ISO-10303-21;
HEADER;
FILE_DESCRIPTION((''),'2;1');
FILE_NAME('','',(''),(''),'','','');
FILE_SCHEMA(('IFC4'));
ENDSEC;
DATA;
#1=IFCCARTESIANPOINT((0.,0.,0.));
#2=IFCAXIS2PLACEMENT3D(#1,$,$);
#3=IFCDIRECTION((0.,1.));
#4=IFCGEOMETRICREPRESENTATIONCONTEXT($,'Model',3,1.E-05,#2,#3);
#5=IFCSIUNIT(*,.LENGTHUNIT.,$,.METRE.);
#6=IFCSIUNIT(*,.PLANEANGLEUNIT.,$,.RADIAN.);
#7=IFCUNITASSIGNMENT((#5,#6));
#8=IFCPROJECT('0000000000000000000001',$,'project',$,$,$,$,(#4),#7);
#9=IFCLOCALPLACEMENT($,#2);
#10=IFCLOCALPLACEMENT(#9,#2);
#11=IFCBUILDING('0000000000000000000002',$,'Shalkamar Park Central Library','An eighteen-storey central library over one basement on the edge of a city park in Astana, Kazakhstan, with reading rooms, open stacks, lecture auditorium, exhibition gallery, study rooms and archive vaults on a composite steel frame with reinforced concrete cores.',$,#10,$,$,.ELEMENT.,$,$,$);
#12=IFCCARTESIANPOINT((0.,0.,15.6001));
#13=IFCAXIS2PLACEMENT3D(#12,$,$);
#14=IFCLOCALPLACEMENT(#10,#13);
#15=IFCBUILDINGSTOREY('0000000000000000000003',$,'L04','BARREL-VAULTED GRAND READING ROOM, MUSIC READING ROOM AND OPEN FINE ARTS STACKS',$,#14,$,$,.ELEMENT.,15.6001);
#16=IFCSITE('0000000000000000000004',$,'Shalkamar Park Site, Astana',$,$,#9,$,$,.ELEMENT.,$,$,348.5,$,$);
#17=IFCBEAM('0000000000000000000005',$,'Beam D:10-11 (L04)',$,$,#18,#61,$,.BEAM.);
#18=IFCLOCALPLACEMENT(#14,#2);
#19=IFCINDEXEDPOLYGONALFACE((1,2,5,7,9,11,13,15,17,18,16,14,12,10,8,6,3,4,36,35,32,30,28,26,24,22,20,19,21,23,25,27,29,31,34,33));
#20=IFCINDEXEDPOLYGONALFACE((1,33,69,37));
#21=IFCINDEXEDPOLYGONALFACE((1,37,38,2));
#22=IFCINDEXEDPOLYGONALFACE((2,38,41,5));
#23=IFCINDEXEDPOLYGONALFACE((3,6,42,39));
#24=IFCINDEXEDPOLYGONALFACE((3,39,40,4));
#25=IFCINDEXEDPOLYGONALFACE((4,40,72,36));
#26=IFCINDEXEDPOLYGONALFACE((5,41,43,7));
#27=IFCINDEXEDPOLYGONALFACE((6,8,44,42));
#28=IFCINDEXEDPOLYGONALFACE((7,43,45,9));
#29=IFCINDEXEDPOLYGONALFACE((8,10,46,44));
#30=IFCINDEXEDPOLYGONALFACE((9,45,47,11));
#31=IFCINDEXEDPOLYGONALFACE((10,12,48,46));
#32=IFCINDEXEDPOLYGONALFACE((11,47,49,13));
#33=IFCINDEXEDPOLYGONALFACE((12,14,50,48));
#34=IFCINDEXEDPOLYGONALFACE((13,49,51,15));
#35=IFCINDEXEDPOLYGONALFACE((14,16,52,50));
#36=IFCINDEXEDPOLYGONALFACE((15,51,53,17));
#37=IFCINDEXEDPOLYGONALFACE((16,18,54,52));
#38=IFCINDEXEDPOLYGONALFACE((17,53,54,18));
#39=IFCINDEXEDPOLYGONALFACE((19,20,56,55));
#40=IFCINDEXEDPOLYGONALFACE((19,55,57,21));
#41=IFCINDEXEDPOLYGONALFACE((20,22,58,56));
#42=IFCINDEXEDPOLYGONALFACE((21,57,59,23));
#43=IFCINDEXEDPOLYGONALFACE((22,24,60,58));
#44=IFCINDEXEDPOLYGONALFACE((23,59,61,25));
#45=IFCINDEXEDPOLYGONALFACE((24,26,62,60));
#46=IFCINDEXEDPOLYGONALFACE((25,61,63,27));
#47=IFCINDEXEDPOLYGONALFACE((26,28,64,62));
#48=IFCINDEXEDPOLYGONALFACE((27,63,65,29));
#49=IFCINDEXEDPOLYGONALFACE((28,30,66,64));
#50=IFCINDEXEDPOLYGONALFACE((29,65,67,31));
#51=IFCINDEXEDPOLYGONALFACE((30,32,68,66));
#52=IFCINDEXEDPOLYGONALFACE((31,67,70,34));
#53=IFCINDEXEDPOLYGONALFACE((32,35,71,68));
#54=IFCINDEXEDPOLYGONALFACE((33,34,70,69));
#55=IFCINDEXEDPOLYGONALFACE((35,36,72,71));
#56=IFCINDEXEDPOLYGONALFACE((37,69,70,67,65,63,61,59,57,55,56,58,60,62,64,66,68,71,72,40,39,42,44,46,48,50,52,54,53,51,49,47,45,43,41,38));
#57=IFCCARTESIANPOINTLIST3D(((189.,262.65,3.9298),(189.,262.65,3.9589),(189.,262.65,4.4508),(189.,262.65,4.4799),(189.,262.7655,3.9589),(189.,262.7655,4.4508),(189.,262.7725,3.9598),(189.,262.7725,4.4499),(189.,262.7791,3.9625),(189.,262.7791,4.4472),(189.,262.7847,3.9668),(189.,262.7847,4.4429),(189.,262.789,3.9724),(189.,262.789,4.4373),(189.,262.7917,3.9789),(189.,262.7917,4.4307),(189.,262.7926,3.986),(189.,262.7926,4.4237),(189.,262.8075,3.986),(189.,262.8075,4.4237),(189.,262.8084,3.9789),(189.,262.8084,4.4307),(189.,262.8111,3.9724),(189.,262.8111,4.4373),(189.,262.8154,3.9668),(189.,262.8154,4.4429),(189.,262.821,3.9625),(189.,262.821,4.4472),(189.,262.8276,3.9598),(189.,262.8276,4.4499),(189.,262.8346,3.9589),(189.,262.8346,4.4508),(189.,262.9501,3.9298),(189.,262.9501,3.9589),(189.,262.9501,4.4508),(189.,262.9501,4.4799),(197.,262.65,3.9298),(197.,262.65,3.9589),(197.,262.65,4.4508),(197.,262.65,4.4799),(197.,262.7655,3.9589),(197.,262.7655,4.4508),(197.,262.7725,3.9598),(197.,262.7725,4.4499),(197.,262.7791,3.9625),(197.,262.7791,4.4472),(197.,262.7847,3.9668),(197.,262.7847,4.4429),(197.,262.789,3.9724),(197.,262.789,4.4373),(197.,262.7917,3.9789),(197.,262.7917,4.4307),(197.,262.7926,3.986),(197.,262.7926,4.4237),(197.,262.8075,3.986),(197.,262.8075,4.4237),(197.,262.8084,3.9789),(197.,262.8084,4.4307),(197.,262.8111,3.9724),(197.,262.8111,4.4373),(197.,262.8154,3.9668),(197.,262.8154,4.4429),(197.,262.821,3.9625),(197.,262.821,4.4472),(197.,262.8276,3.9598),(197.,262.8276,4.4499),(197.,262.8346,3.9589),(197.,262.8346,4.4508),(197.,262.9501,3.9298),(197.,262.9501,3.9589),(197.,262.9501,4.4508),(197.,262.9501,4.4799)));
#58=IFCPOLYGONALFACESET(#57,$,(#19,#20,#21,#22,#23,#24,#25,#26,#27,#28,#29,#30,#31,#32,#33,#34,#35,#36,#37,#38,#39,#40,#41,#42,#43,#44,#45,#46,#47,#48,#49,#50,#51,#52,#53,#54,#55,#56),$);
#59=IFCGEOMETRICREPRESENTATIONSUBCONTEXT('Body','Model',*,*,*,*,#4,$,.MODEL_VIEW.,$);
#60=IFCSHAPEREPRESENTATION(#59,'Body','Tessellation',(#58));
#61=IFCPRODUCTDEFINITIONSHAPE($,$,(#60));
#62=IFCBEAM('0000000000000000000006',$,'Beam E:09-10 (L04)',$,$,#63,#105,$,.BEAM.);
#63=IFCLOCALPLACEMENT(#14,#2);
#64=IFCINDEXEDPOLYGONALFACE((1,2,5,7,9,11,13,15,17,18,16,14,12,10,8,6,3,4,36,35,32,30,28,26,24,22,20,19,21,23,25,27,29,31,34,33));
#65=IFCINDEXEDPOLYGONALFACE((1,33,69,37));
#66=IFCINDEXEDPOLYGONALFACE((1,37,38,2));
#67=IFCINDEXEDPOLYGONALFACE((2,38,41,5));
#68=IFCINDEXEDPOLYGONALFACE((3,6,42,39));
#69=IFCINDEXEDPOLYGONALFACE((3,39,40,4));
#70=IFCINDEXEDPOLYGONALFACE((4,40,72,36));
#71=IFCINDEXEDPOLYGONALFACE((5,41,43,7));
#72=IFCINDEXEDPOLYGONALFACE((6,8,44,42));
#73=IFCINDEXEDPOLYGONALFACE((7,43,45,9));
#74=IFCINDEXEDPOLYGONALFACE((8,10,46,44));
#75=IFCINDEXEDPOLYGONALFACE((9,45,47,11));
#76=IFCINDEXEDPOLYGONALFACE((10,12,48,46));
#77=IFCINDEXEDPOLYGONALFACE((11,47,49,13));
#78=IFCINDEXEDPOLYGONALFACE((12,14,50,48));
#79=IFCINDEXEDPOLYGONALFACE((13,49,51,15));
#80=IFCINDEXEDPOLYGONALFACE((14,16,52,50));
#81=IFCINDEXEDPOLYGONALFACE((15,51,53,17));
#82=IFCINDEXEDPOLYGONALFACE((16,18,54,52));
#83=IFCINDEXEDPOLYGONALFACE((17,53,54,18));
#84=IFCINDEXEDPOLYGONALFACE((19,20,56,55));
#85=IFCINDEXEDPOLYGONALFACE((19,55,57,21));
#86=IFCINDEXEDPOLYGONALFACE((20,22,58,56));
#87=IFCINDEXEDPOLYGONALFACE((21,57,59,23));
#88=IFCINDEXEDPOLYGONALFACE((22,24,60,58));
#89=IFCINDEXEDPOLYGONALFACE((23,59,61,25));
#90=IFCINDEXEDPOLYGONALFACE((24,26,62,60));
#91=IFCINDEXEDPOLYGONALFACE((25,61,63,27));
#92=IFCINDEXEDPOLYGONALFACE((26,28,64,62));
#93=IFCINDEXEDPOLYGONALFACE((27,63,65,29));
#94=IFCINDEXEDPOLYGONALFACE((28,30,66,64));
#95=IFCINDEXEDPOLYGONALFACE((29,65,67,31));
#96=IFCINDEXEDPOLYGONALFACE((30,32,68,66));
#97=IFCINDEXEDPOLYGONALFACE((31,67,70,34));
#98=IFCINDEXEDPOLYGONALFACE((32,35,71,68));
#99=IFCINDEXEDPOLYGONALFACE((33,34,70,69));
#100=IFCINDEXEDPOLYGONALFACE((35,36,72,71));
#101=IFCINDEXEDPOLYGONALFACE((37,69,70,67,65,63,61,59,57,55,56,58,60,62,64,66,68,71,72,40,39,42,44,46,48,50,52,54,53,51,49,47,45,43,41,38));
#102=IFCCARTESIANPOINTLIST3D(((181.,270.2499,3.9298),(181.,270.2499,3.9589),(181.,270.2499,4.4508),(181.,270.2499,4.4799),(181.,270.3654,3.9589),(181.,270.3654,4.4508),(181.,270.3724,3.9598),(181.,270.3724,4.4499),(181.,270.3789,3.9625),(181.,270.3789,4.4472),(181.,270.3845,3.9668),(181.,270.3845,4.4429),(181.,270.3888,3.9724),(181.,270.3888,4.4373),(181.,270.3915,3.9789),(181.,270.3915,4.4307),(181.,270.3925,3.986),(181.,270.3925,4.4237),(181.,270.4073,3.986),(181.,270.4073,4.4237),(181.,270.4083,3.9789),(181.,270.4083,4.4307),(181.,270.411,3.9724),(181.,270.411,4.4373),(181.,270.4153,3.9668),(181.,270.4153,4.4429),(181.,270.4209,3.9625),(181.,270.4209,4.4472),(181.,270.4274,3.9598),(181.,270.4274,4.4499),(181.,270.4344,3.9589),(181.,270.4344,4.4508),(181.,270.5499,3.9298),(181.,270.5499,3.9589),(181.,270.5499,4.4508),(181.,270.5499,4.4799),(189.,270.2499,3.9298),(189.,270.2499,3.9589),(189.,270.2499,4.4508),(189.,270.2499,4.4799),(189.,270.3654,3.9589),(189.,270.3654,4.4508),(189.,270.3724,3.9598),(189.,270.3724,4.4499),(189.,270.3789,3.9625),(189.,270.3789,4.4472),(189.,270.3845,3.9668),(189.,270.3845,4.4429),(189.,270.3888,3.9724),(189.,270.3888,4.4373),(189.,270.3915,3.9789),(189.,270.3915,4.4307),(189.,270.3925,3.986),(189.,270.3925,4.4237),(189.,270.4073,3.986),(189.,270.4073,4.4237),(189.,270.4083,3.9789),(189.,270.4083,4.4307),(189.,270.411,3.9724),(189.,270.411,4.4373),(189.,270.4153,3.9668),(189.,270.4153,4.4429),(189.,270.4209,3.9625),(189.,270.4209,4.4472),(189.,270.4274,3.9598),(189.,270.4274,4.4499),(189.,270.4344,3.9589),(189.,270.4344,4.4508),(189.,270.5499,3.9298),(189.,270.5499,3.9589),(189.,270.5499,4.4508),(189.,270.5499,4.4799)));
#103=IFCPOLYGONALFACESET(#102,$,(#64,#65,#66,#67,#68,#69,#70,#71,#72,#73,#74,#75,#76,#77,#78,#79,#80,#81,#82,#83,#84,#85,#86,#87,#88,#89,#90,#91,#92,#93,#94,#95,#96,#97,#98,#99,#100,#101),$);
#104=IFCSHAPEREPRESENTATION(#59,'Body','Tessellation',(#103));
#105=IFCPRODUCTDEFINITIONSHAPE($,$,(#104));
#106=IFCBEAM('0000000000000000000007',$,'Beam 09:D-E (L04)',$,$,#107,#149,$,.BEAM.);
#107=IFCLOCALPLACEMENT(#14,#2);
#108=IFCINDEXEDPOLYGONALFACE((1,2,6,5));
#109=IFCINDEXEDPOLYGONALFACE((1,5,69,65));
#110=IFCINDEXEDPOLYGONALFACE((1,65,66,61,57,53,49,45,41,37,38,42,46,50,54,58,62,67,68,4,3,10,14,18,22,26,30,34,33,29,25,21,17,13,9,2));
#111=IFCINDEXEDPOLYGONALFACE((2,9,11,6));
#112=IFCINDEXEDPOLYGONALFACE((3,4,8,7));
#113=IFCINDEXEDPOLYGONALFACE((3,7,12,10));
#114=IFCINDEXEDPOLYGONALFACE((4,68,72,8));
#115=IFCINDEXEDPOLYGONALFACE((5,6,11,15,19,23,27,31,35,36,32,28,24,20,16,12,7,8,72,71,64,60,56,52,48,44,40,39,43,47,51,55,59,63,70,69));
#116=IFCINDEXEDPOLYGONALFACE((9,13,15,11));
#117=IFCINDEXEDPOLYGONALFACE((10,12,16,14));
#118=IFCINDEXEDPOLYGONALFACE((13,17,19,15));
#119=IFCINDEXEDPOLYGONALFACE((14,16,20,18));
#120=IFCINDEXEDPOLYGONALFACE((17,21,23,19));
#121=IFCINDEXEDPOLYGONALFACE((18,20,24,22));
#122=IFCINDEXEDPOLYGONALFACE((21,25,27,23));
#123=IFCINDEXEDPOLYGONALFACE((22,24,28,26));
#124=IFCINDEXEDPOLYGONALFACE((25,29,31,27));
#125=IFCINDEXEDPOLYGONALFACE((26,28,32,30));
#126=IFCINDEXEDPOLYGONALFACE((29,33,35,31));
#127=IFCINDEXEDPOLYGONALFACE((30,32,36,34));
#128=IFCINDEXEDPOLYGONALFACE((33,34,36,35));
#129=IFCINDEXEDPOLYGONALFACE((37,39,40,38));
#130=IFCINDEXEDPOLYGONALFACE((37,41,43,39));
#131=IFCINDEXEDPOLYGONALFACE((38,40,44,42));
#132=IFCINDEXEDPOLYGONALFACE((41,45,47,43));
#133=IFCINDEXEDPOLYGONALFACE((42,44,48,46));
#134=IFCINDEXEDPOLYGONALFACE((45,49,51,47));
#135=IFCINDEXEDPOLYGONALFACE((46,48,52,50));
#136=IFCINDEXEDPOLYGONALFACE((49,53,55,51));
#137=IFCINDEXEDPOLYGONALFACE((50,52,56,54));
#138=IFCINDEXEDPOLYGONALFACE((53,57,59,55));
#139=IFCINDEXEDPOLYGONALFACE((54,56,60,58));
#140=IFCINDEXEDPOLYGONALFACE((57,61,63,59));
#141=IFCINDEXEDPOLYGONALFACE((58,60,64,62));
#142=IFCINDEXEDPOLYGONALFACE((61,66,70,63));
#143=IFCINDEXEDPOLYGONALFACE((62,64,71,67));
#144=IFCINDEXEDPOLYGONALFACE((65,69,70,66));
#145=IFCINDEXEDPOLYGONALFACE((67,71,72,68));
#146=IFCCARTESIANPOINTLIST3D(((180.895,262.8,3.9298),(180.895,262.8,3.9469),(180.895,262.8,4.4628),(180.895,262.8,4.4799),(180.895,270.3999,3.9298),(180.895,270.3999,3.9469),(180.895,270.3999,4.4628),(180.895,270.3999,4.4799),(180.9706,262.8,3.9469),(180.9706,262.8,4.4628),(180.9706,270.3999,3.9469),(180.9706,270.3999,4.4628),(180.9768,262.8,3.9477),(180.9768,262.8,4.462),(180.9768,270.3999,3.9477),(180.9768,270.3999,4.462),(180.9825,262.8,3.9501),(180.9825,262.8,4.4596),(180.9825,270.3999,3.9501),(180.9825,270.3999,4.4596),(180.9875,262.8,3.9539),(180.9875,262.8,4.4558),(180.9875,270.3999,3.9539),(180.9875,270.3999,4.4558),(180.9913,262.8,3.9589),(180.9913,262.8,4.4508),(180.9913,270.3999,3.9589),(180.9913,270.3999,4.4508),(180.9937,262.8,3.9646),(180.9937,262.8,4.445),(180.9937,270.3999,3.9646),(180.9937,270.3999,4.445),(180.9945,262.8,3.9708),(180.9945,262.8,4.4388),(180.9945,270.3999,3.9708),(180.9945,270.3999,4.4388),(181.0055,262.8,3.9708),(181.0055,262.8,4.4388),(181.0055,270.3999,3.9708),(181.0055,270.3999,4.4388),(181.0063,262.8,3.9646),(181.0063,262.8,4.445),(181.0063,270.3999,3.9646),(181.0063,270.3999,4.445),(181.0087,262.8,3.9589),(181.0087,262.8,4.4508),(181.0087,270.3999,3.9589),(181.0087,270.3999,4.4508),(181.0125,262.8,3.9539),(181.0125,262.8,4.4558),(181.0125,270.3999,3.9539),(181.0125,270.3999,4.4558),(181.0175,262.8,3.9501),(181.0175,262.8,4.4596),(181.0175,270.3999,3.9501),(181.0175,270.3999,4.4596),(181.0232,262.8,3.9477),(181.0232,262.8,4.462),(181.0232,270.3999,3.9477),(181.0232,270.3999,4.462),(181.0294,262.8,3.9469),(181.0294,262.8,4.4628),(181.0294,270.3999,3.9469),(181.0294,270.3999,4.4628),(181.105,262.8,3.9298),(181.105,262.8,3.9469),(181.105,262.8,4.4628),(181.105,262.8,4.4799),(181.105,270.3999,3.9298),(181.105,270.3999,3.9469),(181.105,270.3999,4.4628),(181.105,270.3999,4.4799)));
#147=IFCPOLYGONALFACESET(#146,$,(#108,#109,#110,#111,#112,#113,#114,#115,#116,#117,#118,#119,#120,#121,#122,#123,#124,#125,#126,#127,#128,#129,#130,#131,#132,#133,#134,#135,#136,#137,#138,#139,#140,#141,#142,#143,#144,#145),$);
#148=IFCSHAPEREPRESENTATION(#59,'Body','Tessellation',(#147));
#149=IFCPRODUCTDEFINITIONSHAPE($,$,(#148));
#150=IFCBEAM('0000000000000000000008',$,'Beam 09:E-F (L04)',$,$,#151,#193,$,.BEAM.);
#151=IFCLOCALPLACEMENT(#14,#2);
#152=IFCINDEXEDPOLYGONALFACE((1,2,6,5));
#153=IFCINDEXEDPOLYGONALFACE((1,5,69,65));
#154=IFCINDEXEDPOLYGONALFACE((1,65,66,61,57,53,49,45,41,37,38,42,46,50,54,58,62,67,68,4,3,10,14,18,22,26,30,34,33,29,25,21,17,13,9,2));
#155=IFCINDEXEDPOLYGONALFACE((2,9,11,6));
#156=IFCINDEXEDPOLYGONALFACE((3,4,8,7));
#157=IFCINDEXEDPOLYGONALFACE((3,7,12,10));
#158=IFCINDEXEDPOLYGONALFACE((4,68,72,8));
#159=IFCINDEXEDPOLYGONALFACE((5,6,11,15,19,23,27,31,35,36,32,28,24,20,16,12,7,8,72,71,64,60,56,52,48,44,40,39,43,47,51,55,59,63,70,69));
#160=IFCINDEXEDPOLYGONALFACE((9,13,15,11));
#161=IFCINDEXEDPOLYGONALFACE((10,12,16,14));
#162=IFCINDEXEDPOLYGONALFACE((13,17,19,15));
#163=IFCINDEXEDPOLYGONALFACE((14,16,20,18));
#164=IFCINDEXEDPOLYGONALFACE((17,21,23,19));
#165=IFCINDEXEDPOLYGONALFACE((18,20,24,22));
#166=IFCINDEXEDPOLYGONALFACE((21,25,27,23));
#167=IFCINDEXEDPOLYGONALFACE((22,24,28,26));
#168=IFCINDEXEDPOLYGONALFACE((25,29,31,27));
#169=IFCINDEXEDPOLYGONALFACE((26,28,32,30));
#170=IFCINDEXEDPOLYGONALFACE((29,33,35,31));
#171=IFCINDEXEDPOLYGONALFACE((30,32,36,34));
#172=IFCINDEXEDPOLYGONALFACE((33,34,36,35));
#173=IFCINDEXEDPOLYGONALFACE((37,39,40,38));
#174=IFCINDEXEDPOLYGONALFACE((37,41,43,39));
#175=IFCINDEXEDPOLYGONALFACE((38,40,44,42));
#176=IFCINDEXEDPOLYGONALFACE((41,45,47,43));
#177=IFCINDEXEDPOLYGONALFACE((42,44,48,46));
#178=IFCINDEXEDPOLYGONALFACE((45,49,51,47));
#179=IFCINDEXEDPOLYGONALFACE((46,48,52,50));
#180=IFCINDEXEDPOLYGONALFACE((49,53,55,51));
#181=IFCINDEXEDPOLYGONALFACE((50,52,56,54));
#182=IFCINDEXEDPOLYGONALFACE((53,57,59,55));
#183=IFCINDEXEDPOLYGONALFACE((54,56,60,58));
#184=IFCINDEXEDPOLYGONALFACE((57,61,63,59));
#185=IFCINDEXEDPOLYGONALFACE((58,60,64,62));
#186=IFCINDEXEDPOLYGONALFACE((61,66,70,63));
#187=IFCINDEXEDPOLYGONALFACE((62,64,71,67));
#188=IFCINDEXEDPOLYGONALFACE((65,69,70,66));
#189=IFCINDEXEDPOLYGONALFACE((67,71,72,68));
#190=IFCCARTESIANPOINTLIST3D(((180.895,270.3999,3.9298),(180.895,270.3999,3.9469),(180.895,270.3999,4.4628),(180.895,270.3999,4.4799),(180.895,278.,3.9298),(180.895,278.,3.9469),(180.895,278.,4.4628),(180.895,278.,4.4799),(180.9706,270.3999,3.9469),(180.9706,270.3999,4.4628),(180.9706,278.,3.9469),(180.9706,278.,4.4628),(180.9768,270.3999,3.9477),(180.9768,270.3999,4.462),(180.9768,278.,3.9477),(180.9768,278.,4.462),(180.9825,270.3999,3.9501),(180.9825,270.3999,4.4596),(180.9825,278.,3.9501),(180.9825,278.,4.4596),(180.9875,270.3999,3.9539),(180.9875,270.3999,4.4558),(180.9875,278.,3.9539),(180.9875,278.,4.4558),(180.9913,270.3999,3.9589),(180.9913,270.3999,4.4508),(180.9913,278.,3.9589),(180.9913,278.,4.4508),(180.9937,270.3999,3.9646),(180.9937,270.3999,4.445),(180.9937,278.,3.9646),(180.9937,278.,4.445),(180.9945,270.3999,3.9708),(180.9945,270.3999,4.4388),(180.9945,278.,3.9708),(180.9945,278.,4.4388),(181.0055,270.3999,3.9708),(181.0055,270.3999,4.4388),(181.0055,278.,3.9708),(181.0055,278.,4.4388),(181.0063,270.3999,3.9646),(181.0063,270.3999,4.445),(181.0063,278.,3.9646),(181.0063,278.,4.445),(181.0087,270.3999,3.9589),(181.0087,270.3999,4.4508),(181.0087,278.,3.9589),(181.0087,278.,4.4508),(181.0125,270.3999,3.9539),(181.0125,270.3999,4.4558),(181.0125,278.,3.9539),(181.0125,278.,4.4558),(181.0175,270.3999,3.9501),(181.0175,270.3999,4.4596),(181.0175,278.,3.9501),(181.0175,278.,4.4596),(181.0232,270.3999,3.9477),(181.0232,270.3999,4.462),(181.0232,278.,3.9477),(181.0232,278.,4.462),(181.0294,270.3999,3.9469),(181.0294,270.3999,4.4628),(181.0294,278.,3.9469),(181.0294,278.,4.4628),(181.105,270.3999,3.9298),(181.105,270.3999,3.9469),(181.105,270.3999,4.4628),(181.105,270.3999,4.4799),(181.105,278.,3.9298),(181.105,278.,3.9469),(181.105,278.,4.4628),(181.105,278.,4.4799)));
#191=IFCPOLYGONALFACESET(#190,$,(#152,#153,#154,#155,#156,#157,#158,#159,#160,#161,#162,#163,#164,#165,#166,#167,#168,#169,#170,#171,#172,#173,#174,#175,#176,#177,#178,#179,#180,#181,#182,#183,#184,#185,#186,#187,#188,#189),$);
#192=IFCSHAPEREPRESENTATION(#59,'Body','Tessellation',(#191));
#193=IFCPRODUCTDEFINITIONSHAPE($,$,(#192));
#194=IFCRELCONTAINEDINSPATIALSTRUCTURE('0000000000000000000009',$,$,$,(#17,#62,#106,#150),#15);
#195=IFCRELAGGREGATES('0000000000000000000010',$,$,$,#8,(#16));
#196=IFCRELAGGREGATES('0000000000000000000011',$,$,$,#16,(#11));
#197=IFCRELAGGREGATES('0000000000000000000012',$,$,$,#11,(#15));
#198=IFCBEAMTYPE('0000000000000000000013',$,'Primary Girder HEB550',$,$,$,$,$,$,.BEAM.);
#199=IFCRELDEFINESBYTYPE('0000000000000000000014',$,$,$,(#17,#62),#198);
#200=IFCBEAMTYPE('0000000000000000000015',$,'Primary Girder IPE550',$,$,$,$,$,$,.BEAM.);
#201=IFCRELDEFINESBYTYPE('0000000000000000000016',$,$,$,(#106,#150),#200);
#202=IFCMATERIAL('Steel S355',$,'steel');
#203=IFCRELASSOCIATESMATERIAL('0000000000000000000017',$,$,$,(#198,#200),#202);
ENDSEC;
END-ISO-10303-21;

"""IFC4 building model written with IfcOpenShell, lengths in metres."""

from ifc_helpers import new_model, si_unit, direction, frame, origin, origin_2d, place, context, subcontext, project, spatial, i_section, extrude, material, material_profile, profile_set, type_object, element, save


model = new_model("IFC4")

# Units and contexts
model_context = context("Model", 3, precision=1e-05, world=origin(), true_north=direction((0.0, 1.0)))
body_context = subcontext(model_context, "Body", "Model", "MODEL_VIEW")
ifc_project = project(units=[si_unit("LENGTHUNIT", "METRE"), si_unit("PLANEANGLEUNIT", "RADIAN")], contexts=[model_context])

# Site, building, storey
site_placement = place(None, origin())
site = spatial("IfcSite", under=ifc_project, at=site_placement, Name="Shalkamar Park Site, Astana", CompositionType="ELEMENT", RefElevation=348.5)
building_placement = place(site_placement, origin())
building = spatial("IfcBuilding", under=site, at=building_placement, Name="Shalkamar Park Central Library", Description="An eighteen-storey central library over one basement on the edge of a city park in Astana, Kazakhstan, with reading rooms, open stacks, lecture auditorium, exhibition gallery, study rooms and archive vaults on a composite steel frame with reinforced concrete cores.", CompositionType="ELEMENT")
storey_placement = place(building_placement, frame((0.0, 0.0, 15.6001)))
storey = spatial("IfcBuildingStorey", under=building, at=storey_placement, Name="L04", Description="BARREL-VAULTED GRAND READING ROOM, MUSIC READING ROOM AND OPEN FINE ARTS STACKS", CompositionType="ELEMENT", Elevation=15.6001)

# Shared definitions
ifc_material_1 = material(Name="Steel S355", Category="steel")

# Beams
ifc_material_profile_1 = material_profile(ifc_material_1, i_section(OverallWidth=0.3, OverallDepth=0.55, WebThickness=0.0149, FlangeThickness=0.0291, FilletRadius=0.0271, at=origin_2d()), Name="HEB 550")
ifc_profile_set_1 = profile_set([ifc_material_profile_1], Name="Steel S355")
beam_type_1 = type_object("IfcBeamType", Name="Primary Girder HEB550", PredefinedType="BEAM", material=ifc_profile_set_1)
for number, where, z_axis, x_axis, name in (
    (1, (189.0, 262.8, 4.2048), (1.0, 0.0, 0.0), (0.0, 1.0, 0.0), "Beam D:10-11 (L04)"),
    (2, (181.0, 270.3999, 4.2048), (1.0, 0.0, 0.0), (0.0, 1.0, 0.0), "Beam E:09-10 (L04)"),
):
    element("IfcBeam", number, at=place(storey_placement, frame(where, z_axis=z_axis, x_axis=x_axis)), inside=storey, type_object=beam_type_1, Name=name, PredefinedType="BEAM", context=body_context, shape_type="SweptSolid", body=[
        extrude(i_section(OverallWidth=0.3, OverallDepth=0.55, WebThickness=0.0149, FlangeThickness=0.0291, FilletRadius=0.0271, at=origin_2d()), origin(), (0.0, 0.0, 1.0), 8.0),
    ])
ifc_material_profile_2 = material_profile(ifc_material_1, i_section(OverallWidth=0.21, OverallDepth=0.55, WebThickness=0.011, FlangeThickness=0.0171, FilletRadius=0.0239, at=origin_2d()), Name="IPE 550")
ifc_profile_set_2 = profile_set([ifc_material_profile_2], Name="Steel S355")
beam_type_2 = type_object("IfcBeamType", Name="Primary Girder IPE550", PredefinedType="BEAM", material=ifc_profile_set_2)
beam_1_placement = place(storey_placement, frame((181.0, 262.8, 4.2048), z_axis=(0.0, 1.0, 0.0), x_axis=(-1.0, 0.0, 0.0)))
element("IfcBeam", 3, at=beam_1_placement, inside=storey, type_object=beam_type_2, Name="Beam 09:D-E (L04)", PredefinedType="BEAM", context=body_context, shape_type="SweptSolid", body=[
    extrude(i_section(OverallWidth=0.21, OverallDepth=0.55, WebThickness=0.011, FlangeThickness=0.0171, FilletRadius=0.0239, at=origin_2d()), origin(), (0.0, 0.0, 1.0), 7.5999),
])
beam_2_placement = place(storey_placement, frame((181.0, 270.3999, 4.2048), z_axis=(0.0, 1.0, 0.0), x_axis=(-1.0, 0.0, 0.0)))
element("IfcBeam", 4, at=beam_2_placement, inside=storey, type_object=beam_type_2, Name="Beam 09:E-F (L04)", PredefinedType="BEAM", context=body_context, shape_type="SweptSolid", body=[
    extrude(i_section(OverallWidth=0.21, OverallDepth=0.55, WebThickness=0.011, FlangeThickness=0.0171, FilletRadius=0.0239, at=origin_2d()), origin(), (0.0, 0.0, 1.0), 7.6001),
])

save(model, "model.ifc")
